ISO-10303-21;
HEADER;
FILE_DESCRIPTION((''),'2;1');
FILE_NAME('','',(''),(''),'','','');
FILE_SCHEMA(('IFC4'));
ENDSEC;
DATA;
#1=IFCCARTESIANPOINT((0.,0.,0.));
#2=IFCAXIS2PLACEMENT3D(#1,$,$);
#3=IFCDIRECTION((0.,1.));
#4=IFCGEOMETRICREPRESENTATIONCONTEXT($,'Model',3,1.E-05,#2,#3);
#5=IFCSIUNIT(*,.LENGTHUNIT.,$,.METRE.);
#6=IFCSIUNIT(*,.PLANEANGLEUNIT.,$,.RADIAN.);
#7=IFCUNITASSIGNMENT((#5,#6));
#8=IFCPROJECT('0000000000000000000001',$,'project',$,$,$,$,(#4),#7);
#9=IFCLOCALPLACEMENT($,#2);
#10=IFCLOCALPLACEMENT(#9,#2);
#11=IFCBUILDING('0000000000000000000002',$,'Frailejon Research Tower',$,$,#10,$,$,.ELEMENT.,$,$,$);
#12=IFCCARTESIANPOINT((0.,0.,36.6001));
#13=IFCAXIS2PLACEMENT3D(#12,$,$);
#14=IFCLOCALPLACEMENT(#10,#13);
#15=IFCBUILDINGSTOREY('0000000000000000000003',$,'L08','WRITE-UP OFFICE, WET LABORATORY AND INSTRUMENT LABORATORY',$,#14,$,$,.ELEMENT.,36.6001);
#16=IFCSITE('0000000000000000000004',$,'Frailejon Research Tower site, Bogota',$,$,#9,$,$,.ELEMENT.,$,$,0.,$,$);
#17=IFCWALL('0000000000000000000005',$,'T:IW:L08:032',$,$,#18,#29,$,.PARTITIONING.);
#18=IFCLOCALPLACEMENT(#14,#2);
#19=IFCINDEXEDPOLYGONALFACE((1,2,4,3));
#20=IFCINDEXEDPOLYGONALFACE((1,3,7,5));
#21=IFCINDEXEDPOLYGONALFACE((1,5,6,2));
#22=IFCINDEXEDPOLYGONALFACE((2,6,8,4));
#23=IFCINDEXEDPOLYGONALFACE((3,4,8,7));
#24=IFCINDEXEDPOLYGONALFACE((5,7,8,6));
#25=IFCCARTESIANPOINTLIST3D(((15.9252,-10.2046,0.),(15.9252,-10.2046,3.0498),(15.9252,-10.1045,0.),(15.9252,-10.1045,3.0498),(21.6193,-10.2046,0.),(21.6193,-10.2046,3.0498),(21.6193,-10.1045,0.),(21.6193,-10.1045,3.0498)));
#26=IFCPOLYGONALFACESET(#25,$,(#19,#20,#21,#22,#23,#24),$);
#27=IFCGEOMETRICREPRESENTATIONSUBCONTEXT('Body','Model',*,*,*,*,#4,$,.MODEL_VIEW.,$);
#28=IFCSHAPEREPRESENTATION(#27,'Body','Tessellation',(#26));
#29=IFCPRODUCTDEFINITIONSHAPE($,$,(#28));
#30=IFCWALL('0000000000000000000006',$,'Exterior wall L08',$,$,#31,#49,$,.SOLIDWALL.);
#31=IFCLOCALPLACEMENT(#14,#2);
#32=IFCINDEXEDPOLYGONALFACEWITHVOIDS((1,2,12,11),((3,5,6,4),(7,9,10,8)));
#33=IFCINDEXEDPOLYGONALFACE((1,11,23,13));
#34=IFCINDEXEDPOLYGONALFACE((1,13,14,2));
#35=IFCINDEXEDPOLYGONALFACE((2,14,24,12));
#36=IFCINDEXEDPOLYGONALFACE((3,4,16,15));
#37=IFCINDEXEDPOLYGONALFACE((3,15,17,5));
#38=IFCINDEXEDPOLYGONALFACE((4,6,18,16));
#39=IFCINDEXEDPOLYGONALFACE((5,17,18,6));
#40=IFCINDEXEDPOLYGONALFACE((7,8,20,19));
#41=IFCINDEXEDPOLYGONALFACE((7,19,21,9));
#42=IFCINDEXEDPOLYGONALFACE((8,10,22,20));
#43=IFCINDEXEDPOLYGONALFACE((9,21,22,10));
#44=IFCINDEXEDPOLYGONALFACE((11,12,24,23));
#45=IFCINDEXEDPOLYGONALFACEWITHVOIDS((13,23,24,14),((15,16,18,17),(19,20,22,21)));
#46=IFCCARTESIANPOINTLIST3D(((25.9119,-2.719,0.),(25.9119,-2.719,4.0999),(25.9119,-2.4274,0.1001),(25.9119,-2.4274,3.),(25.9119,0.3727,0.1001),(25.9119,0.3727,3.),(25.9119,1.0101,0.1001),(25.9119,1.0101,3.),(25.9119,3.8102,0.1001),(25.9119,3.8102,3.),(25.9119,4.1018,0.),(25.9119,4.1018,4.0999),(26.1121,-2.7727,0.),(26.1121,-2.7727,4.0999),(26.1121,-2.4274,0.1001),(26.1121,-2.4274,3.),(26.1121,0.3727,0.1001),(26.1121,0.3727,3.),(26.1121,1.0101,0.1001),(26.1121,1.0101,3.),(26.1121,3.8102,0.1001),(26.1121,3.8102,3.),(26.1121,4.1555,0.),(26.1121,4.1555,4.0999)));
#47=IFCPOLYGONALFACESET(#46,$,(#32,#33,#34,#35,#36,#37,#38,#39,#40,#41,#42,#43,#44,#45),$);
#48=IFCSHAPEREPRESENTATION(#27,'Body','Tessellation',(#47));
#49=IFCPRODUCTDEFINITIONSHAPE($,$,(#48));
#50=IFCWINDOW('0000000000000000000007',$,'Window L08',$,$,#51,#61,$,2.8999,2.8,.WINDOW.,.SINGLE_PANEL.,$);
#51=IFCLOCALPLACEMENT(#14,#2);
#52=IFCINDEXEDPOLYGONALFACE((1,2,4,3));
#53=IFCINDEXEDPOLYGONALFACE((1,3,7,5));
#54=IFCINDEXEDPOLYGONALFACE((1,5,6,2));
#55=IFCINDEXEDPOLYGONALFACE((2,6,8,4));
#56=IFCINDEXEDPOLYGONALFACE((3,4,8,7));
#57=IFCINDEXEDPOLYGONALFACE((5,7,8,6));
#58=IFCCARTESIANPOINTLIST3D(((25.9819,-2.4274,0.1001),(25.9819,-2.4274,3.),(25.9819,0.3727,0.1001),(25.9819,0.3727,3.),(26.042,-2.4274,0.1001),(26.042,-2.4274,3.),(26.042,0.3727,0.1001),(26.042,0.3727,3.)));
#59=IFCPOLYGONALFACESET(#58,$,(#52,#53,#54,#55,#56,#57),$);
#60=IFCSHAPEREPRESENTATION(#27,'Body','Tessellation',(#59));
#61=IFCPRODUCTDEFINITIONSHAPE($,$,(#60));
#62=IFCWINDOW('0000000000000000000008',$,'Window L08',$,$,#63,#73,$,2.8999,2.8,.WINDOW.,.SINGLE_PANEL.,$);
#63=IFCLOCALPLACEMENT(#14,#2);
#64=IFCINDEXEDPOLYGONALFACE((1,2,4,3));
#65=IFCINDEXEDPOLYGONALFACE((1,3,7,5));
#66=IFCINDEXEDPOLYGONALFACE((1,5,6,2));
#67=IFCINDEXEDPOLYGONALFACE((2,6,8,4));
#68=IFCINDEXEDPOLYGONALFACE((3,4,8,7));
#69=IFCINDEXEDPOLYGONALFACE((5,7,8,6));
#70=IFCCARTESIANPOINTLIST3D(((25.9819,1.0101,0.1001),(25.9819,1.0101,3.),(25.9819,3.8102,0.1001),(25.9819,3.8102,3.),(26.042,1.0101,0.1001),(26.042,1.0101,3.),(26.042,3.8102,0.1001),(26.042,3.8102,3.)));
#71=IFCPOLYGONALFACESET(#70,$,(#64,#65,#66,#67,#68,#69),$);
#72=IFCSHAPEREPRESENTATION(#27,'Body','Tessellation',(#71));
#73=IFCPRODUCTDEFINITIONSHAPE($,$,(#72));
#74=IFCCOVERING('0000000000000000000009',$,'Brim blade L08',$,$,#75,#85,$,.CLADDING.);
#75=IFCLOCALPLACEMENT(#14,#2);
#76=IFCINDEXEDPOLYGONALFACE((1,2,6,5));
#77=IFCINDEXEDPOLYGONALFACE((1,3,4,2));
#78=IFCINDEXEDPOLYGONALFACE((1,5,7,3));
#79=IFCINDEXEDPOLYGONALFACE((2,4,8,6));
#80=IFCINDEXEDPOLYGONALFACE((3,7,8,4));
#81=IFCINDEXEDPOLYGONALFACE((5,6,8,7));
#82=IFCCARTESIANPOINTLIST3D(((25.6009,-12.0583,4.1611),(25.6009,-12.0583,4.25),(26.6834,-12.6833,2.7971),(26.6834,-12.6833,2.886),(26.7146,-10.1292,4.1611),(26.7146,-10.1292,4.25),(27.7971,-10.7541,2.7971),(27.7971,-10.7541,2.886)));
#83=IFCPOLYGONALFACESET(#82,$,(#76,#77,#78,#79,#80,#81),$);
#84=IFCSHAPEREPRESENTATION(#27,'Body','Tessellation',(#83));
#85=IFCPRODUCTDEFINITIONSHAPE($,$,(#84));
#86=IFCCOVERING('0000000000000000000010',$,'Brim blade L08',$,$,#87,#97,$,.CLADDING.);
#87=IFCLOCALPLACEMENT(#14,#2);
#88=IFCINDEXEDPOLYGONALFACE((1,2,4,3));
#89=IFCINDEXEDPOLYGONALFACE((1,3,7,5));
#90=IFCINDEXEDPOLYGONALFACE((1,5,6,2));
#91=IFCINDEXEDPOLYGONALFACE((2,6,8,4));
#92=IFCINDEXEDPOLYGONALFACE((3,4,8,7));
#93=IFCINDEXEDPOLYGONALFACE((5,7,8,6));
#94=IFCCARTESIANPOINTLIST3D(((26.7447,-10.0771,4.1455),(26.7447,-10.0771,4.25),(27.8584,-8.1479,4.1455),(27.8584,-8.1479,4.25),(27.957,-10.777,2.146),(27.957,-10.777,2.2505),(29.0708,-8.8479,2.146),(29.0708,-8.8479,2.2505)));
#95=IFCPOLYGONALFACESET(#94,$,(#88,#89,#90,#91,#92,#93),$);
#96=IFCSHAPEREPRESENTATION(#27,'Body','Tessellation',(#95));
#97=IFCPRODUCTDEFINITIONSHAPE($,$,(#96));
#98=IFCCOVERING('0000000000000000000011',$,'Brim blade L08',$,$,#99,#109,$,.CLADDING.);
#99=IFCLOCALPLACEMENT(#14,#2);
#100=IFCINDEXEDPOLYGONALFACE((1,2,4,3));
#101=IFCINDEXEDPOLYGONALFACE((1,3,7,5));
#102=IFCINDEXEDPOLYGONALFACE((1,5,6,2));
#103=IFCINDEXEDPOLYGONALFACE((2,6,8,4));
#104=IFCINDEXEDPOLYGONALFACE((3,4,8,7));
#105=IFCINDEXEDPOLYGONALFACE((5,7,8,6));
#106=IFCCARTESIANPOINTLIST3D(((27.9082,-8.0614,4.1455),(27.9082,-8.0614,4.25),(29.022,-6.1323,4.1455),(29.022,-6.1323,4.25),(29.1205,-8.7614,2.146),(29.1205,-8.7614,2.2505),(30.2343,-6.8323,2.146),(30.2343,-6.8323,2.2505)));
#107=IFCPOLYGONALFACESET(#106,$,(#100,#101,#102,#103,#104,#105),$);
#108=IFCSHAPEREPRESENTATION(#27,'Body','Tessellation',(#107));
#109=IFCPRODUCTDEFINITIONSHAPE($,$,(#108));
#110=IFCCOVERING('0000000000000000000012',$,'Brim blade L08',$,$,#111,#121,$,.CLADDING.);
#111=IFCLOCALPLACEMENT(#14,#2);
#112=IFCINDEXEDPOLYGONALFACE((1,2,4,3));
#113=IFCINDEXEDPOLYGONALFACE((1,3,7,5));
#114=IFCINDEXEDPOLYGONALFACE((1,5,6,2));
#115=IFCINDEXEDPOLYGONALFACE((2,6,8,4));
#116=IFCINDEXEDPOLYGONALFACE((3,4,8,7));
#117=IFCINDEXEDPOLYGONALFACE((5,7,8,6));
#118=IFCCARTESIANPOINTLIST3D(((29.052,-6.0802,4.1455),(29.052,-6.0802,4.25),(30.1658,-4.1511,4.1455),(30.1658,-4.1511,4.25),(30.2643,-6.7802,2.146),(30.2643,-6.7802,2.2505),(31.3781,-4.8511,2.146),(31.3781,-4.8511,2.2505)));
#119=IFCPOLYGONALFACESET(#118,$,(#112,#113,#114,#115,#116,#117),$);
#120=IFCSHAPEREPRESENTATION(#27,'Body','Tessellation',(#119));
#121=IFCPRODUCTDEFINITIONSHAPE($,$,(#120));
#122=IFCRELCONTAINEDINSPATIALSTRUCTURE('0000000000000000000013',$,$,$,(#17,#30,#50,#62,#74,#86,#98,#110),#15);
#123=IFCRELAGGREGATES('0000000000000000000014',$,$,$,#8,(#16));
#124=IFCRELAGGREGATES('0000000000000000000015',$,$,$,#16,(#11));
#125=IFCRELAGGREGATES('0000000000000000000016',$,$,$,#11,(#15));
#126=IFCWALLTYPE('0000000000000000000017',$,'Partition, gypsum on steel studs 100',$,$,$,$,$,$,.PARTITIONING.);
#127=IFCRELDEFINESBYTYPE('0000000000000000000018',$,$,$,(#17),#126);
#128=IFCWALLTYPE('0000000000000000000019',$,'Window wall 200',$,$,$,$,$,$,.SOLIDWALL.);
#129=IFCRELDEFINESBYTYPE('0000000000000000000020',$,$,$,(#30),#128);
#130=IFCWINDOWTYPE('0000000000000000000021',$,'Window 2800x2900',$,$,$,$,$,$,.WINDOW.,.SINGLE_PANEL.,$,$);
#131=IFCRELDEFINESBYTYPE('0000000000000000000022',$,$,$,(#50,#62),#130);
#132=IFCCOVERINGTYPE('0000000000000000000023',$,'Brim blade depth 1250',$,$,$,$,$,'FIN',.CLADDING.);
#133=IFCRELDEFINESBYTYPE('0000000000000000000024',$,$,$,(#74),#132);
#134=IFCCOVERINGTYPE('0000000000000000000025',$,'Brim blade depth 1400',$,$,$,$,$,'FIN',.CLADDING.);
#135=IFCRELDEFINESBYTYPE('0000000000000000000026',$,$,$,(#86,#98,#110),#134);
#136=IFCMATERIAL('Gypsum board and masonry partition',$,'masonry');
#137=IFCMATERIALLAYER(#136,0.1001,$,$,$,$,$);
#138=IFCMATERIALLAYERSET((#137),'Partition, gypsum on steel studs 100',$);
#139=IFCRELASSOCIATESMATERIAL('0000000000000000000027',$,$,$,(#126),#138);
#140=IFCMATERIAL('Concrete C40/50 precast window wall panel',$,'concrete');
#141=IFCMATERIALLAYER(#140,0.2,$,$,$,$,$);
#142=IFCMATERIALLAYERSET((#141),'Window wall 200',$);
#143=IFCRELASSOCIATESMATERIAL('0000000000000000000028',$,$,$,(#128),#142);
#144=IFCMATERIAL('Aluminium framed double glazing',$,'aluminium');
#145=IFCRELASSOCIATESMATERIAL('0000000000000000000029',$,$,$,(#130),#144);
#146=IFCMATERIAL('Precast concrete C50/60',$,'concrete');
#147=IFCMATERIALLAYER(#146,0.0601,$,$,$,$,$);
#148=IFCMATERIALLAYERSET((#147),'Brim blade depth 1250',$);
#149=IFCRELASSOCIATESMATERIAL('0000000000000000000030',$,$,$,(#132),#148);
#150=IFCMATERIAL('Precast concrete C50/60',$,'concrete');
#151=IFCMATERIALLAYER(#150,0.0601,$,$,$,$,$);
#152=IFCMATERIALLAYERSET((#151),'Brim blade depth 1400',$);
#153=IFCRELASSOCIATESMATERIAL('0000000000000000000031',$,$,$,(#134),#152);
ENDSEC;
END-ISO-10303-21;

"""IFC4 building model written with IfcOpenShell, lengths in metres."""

from ifc_helpers import new_model, si_unit, direction, frame, frame_2d, origin, place, context, subcontext, project, spatial, polyline, rectangle, outline, extrude, material, layer, layer_set, type_object, element, fill, save


model = new_model("IFC4")

# Units and contexts
model_context = context("Model", 3, precision=1e-05, world=origin(), true_north=direction((0.0, 1.0)))
body_context = subcontext(model_context, "Body", "Model", "MODEL_VIEW")
ifc_project = project(units=[si_unit("LENGTHUNIT", "METRE"), si_unit("PLANEANGLEUNIT", "RADIAN")], contexts=[model_context])

# Site, building, storey
site_placement = place(None, origin())
site = spatial("IfcSite", under=ifc_project, at=site_placement, Name="Frailejon Research Tower site, Bogota", CompositionType="ELEMENT", RefElevation=0.0)
building_placement = place(site_placement, origin())
building = spatial("IfcBuilding", under=site, at=building_placement, Name="Frailejon Research Tower", CompositionType="ELEMENT")
storey_placement = place(building_placement, frame((0.0, 0.0, 36.6001)))
storey = spatial("IfcBuildingStorey", under=building, at=storey_placement, Name="L08", Description="WRITE-UP OFFICE, WET LABORATORY AND INSTRUMENT LABORATORY", CompositionType="ELEMENT", Elevation=36.6001)

# Wall
ifc_material_1 = material(Name="Gypsum board and masonry partition", Category="masonry")
ifc_layer_1 = layer(ifc_material_1, 0.1001)
ifc_layer_set_1 = layer_set([ifc_layer_1], Name="Partition, gypsum on steel studs 100")
wall_type_1 = type_object("IfcWallType", Name="Partition, gypsum on steel studs 100", PredefinedType="PARTITIONING", material=ifc_layer_set_1)
wall_1_placement = place(storey_placement, frame((15.925, -10.1545, 0.0), z_axis=(0.0, 0.0, 1.0), x_axis=(1.0, 0.0, 0.0)))
element("IfcWall", 1, at=wall_1_placement, inside=storey, type_object=wall_type_1, Name="T:IW:L08:032", PredefinedType="PARTITIONING", context=body_context, shape_type="SweptSolid", body=[
    extrude(rectangle(XDim=5.6941, YDim=0.1001, at=frame_2d((2.8472, 0.0))), origin(), (0.0, 0.0, 1.0), 3.0498),
])

# Wall, openings, windows
ifc_material_2 = material(Name="Concrete C40/50 precast window wall panel", Category="concrete")
ifc_layer_2 = layer(ifc_material_2, 0.2)
ifc_layer_set_2 = layer_set([ifc_layer_2], Name="Window wall 200")
wall_type_2 = type_object("IfcWallType", Name="Window wall 200", PredefinedType="SOLIDWALL", material=ifc_layer_set_2)
wall_2_placement = place(storey_placement, frame((26.012, -2.7458, 0.0), z_axis=(0.0, 0.0, 1.0), x_axis=(0.0, 1.0, 0.0)))
wall_2 = element("IfcWall", 2, at=wall_2_placement, inside=storey, type_object=wall_type_2, Name="Exterior wall L08", PredefinedType="SOLIDWALL", context=body_context, shape_type="SweptSolid", body=[
    extrude(outline(polyline([(-0.0269, -0.1001), (1.1279, -0.1001), (2.2825, -0.1001), (3.4373, -0.1001), (4.592, -0.1001), (5.7466, -0.1001), (6.9014, -0.1001), (6.8477, 0.1001), (5.7109, 0.1001), (4.574, 0.1001), (3.4373, 0.1001), (2.3005, 0.1001), (1.1636, 0.1001), (0.0269, 0.1001), (-0.0269, -0.1001)])), origin(), (0.0, 0.0, 1.0), 4.0999),
])
opening_1_placement = place(wall_2_placement, frame((0.3186, 0.0, 0.1001)))
opening_1 = element("IfcOpeningElement", 3, at=opening_1_placement, cuts=wall_2, PredefinedType="OPENING", context=body_context, shape_type="SweptSolid", body=[
    extrude(rectangle(XDim=2.8, YDim=2.8999, at=frame_2d((1.3999, 1.45))), frame((0.0, 0.1099, 0.0), z_axis=(0.0, -1.0, 0.0), x_axis=(1.0, 0.0, 0.0)), (0.0, 0.0, 1.0), 0.22),
])
opening_2_placement = place(wall_2_placement, frame((3.7561, 0.0, 0.1001)))
opening_2 = element("IfcOpeningElement", 4, at=opening_2_placement, cuts=wall_2, PredefinedType="OPENING", context=body_context, shape_type="SweptSolid", body=[
    extrude(rectangle(XDim=2.8, YDim=2.8999, at=frame_2d((1.3999, 1.45))), frame((0.0, 0.1099, 0.0), z_axis=(0.0, -1.0, 0.0), x_axis=(1.0, 0.0, 0.0)), (0.0, 0.0, 1.0), 0.22),
])
ifc_material_3 = material(Name="Aluminium framed double glazing", Category="aluminium")
window_type = type_object("IfcWindowType", Name="Window 2800x2900", PartitioningType="SINGLE_PANEL", PredefinedType="WINDOW", material=ifc_material_3)
window_1_placement = place(opening_1_placement, origin())
window_1 = element("IfcWindow", 5, at=window_1_placement, inside=storey, type_object=window_type, Name="Window L08", OverallHeight=2.8999, OverallWidth=2.8, PartitioningType="SINGLE_PANEL", PredefinedType="WINDOW", context=body_context, shape_type="SweptSolid", body=[
    extrude(rectangle(XDim=2.8, YDim=2.8999, at=frame_2d((1.3999, 1.45))), frame((0.0, 0.03, 0.0), z_axis=(0.0, -1.0, 0.0), x_axis=(1.0, 0.0, 0.0)), (0.0, 0.0, 1.0), 0.0601),
])
fill(opening_1, window_1)
window_2_placement = place(opening_2_placement, origin())
window_2 = element("IfcWindow", 6, at=window_2_placement, inside=storey, type_object=window_type, Name="Window L08", OverallHeight=2.8999, OverallWidth=2.8, PartitioningType="SINGLE_PANEL", PredefinedType="WINDOW", context=body_context, shape_type="SweptSolid", body=[
    extrude(rectangle(XDim=2.8, YDim=2.8999, at=frame_2d((1.3999, 1.45))), frame((0.0, 0.03, 0.0), z_axis=(0.0, -1.0, 0.0), x_axis=(1.0, 0.0, 0.0)), (0.0, 0.0, 1.0), 0.0601),
])
fill(opening_2, window_2)

# Coverings
ifc_material_4 = material(Name="Precast concrete C50/60", Category="concrete")
ifc_layer_3 = layer(ifc_material_4, 0.0601)
ifc_layer_set_3 = layer_set([ifc_layer_3], Name="Brim blade depth 1250")
covering_type_1 = type_object("IfcCoveringType", Name="Brim blade depth 1250", ElementType="FIN", PredefinedType="CLADDING", material=ifc_layer_set_3)
covering_placement = place(storey_placement, frame((26.7146, -10.1292, 4.25), z_axis=(-0.499982, -0.866036, 0.0), x_axis=(0.866036, -0.499982, 0.0)))
element("IfcCovering", 7, at=covering_placement, inside=storey, type_object=covering_type_1, Name="Brim blade L08", PredefinedType="CLADDING", context=body_context, shape_type="SweptSolid", body=[
    extrude(outline(polyline([(0.0, -0.0889), (1.25, -1.4529), (1.25, -1.364), (0.0, 0.0), (0.0, -0.0889)])), origin(), (0.0, 0.0, 1.0), 2.2275),
])
ifc_material_5 = material(Name="Precast concrete C50/60", Category="concrete")
ifc_layer_4 = layer(ifc_material_5, 0.0601)
ifc_layer_set_4 = layer_set([ifc_layer_4], Name="Brim blade depth 1400")
covering_type_2 = type_object("IfcCoveringType", Name="Brim blade depth 1400", ElementType="FIN", PredefinedType="CLADDING", material=ifc_layer_set_4)
for number, where, z_axis, x_axis, name in (
    (8, (27.8584, -8.1479, 4.25), (-0.499982, -0.866036, 0.0), (0.866036, -0.499982, 0.0), "Brim blade L08"),
    (9, (29.022, -6.1323, 4.25), (-0.500008, -0.866021, 0.0), (0.866021, -0.500008, 0.0), "Brim blade L08"),
    (10, (30.1658, -4.1511, 4.25), (-0.500008, -0.866021, 0.0), (0.866021, -0.500008, 0.0), "Brim blade L08"),
):
    element("IfcCovering", number, at=place(storey_placement, frame(where, z_axis=z_axis, x_axis=x_axis)), inside=storey, type_object=covering_type_2, Name=name, PredefinedType="CLADDING", context=body_context, shape_type="SweptSolid", body=[
        extrude(outline(polyline([(0.0, -0.1045), (1.3999, -2.104), (1.3999, -1.9995), (0.0, 0.0), (0.0, -0.1045)])), origin(), (0.0, 0.0, 1.0), 2.2275),
    ])

save(model, "model.ifc")
